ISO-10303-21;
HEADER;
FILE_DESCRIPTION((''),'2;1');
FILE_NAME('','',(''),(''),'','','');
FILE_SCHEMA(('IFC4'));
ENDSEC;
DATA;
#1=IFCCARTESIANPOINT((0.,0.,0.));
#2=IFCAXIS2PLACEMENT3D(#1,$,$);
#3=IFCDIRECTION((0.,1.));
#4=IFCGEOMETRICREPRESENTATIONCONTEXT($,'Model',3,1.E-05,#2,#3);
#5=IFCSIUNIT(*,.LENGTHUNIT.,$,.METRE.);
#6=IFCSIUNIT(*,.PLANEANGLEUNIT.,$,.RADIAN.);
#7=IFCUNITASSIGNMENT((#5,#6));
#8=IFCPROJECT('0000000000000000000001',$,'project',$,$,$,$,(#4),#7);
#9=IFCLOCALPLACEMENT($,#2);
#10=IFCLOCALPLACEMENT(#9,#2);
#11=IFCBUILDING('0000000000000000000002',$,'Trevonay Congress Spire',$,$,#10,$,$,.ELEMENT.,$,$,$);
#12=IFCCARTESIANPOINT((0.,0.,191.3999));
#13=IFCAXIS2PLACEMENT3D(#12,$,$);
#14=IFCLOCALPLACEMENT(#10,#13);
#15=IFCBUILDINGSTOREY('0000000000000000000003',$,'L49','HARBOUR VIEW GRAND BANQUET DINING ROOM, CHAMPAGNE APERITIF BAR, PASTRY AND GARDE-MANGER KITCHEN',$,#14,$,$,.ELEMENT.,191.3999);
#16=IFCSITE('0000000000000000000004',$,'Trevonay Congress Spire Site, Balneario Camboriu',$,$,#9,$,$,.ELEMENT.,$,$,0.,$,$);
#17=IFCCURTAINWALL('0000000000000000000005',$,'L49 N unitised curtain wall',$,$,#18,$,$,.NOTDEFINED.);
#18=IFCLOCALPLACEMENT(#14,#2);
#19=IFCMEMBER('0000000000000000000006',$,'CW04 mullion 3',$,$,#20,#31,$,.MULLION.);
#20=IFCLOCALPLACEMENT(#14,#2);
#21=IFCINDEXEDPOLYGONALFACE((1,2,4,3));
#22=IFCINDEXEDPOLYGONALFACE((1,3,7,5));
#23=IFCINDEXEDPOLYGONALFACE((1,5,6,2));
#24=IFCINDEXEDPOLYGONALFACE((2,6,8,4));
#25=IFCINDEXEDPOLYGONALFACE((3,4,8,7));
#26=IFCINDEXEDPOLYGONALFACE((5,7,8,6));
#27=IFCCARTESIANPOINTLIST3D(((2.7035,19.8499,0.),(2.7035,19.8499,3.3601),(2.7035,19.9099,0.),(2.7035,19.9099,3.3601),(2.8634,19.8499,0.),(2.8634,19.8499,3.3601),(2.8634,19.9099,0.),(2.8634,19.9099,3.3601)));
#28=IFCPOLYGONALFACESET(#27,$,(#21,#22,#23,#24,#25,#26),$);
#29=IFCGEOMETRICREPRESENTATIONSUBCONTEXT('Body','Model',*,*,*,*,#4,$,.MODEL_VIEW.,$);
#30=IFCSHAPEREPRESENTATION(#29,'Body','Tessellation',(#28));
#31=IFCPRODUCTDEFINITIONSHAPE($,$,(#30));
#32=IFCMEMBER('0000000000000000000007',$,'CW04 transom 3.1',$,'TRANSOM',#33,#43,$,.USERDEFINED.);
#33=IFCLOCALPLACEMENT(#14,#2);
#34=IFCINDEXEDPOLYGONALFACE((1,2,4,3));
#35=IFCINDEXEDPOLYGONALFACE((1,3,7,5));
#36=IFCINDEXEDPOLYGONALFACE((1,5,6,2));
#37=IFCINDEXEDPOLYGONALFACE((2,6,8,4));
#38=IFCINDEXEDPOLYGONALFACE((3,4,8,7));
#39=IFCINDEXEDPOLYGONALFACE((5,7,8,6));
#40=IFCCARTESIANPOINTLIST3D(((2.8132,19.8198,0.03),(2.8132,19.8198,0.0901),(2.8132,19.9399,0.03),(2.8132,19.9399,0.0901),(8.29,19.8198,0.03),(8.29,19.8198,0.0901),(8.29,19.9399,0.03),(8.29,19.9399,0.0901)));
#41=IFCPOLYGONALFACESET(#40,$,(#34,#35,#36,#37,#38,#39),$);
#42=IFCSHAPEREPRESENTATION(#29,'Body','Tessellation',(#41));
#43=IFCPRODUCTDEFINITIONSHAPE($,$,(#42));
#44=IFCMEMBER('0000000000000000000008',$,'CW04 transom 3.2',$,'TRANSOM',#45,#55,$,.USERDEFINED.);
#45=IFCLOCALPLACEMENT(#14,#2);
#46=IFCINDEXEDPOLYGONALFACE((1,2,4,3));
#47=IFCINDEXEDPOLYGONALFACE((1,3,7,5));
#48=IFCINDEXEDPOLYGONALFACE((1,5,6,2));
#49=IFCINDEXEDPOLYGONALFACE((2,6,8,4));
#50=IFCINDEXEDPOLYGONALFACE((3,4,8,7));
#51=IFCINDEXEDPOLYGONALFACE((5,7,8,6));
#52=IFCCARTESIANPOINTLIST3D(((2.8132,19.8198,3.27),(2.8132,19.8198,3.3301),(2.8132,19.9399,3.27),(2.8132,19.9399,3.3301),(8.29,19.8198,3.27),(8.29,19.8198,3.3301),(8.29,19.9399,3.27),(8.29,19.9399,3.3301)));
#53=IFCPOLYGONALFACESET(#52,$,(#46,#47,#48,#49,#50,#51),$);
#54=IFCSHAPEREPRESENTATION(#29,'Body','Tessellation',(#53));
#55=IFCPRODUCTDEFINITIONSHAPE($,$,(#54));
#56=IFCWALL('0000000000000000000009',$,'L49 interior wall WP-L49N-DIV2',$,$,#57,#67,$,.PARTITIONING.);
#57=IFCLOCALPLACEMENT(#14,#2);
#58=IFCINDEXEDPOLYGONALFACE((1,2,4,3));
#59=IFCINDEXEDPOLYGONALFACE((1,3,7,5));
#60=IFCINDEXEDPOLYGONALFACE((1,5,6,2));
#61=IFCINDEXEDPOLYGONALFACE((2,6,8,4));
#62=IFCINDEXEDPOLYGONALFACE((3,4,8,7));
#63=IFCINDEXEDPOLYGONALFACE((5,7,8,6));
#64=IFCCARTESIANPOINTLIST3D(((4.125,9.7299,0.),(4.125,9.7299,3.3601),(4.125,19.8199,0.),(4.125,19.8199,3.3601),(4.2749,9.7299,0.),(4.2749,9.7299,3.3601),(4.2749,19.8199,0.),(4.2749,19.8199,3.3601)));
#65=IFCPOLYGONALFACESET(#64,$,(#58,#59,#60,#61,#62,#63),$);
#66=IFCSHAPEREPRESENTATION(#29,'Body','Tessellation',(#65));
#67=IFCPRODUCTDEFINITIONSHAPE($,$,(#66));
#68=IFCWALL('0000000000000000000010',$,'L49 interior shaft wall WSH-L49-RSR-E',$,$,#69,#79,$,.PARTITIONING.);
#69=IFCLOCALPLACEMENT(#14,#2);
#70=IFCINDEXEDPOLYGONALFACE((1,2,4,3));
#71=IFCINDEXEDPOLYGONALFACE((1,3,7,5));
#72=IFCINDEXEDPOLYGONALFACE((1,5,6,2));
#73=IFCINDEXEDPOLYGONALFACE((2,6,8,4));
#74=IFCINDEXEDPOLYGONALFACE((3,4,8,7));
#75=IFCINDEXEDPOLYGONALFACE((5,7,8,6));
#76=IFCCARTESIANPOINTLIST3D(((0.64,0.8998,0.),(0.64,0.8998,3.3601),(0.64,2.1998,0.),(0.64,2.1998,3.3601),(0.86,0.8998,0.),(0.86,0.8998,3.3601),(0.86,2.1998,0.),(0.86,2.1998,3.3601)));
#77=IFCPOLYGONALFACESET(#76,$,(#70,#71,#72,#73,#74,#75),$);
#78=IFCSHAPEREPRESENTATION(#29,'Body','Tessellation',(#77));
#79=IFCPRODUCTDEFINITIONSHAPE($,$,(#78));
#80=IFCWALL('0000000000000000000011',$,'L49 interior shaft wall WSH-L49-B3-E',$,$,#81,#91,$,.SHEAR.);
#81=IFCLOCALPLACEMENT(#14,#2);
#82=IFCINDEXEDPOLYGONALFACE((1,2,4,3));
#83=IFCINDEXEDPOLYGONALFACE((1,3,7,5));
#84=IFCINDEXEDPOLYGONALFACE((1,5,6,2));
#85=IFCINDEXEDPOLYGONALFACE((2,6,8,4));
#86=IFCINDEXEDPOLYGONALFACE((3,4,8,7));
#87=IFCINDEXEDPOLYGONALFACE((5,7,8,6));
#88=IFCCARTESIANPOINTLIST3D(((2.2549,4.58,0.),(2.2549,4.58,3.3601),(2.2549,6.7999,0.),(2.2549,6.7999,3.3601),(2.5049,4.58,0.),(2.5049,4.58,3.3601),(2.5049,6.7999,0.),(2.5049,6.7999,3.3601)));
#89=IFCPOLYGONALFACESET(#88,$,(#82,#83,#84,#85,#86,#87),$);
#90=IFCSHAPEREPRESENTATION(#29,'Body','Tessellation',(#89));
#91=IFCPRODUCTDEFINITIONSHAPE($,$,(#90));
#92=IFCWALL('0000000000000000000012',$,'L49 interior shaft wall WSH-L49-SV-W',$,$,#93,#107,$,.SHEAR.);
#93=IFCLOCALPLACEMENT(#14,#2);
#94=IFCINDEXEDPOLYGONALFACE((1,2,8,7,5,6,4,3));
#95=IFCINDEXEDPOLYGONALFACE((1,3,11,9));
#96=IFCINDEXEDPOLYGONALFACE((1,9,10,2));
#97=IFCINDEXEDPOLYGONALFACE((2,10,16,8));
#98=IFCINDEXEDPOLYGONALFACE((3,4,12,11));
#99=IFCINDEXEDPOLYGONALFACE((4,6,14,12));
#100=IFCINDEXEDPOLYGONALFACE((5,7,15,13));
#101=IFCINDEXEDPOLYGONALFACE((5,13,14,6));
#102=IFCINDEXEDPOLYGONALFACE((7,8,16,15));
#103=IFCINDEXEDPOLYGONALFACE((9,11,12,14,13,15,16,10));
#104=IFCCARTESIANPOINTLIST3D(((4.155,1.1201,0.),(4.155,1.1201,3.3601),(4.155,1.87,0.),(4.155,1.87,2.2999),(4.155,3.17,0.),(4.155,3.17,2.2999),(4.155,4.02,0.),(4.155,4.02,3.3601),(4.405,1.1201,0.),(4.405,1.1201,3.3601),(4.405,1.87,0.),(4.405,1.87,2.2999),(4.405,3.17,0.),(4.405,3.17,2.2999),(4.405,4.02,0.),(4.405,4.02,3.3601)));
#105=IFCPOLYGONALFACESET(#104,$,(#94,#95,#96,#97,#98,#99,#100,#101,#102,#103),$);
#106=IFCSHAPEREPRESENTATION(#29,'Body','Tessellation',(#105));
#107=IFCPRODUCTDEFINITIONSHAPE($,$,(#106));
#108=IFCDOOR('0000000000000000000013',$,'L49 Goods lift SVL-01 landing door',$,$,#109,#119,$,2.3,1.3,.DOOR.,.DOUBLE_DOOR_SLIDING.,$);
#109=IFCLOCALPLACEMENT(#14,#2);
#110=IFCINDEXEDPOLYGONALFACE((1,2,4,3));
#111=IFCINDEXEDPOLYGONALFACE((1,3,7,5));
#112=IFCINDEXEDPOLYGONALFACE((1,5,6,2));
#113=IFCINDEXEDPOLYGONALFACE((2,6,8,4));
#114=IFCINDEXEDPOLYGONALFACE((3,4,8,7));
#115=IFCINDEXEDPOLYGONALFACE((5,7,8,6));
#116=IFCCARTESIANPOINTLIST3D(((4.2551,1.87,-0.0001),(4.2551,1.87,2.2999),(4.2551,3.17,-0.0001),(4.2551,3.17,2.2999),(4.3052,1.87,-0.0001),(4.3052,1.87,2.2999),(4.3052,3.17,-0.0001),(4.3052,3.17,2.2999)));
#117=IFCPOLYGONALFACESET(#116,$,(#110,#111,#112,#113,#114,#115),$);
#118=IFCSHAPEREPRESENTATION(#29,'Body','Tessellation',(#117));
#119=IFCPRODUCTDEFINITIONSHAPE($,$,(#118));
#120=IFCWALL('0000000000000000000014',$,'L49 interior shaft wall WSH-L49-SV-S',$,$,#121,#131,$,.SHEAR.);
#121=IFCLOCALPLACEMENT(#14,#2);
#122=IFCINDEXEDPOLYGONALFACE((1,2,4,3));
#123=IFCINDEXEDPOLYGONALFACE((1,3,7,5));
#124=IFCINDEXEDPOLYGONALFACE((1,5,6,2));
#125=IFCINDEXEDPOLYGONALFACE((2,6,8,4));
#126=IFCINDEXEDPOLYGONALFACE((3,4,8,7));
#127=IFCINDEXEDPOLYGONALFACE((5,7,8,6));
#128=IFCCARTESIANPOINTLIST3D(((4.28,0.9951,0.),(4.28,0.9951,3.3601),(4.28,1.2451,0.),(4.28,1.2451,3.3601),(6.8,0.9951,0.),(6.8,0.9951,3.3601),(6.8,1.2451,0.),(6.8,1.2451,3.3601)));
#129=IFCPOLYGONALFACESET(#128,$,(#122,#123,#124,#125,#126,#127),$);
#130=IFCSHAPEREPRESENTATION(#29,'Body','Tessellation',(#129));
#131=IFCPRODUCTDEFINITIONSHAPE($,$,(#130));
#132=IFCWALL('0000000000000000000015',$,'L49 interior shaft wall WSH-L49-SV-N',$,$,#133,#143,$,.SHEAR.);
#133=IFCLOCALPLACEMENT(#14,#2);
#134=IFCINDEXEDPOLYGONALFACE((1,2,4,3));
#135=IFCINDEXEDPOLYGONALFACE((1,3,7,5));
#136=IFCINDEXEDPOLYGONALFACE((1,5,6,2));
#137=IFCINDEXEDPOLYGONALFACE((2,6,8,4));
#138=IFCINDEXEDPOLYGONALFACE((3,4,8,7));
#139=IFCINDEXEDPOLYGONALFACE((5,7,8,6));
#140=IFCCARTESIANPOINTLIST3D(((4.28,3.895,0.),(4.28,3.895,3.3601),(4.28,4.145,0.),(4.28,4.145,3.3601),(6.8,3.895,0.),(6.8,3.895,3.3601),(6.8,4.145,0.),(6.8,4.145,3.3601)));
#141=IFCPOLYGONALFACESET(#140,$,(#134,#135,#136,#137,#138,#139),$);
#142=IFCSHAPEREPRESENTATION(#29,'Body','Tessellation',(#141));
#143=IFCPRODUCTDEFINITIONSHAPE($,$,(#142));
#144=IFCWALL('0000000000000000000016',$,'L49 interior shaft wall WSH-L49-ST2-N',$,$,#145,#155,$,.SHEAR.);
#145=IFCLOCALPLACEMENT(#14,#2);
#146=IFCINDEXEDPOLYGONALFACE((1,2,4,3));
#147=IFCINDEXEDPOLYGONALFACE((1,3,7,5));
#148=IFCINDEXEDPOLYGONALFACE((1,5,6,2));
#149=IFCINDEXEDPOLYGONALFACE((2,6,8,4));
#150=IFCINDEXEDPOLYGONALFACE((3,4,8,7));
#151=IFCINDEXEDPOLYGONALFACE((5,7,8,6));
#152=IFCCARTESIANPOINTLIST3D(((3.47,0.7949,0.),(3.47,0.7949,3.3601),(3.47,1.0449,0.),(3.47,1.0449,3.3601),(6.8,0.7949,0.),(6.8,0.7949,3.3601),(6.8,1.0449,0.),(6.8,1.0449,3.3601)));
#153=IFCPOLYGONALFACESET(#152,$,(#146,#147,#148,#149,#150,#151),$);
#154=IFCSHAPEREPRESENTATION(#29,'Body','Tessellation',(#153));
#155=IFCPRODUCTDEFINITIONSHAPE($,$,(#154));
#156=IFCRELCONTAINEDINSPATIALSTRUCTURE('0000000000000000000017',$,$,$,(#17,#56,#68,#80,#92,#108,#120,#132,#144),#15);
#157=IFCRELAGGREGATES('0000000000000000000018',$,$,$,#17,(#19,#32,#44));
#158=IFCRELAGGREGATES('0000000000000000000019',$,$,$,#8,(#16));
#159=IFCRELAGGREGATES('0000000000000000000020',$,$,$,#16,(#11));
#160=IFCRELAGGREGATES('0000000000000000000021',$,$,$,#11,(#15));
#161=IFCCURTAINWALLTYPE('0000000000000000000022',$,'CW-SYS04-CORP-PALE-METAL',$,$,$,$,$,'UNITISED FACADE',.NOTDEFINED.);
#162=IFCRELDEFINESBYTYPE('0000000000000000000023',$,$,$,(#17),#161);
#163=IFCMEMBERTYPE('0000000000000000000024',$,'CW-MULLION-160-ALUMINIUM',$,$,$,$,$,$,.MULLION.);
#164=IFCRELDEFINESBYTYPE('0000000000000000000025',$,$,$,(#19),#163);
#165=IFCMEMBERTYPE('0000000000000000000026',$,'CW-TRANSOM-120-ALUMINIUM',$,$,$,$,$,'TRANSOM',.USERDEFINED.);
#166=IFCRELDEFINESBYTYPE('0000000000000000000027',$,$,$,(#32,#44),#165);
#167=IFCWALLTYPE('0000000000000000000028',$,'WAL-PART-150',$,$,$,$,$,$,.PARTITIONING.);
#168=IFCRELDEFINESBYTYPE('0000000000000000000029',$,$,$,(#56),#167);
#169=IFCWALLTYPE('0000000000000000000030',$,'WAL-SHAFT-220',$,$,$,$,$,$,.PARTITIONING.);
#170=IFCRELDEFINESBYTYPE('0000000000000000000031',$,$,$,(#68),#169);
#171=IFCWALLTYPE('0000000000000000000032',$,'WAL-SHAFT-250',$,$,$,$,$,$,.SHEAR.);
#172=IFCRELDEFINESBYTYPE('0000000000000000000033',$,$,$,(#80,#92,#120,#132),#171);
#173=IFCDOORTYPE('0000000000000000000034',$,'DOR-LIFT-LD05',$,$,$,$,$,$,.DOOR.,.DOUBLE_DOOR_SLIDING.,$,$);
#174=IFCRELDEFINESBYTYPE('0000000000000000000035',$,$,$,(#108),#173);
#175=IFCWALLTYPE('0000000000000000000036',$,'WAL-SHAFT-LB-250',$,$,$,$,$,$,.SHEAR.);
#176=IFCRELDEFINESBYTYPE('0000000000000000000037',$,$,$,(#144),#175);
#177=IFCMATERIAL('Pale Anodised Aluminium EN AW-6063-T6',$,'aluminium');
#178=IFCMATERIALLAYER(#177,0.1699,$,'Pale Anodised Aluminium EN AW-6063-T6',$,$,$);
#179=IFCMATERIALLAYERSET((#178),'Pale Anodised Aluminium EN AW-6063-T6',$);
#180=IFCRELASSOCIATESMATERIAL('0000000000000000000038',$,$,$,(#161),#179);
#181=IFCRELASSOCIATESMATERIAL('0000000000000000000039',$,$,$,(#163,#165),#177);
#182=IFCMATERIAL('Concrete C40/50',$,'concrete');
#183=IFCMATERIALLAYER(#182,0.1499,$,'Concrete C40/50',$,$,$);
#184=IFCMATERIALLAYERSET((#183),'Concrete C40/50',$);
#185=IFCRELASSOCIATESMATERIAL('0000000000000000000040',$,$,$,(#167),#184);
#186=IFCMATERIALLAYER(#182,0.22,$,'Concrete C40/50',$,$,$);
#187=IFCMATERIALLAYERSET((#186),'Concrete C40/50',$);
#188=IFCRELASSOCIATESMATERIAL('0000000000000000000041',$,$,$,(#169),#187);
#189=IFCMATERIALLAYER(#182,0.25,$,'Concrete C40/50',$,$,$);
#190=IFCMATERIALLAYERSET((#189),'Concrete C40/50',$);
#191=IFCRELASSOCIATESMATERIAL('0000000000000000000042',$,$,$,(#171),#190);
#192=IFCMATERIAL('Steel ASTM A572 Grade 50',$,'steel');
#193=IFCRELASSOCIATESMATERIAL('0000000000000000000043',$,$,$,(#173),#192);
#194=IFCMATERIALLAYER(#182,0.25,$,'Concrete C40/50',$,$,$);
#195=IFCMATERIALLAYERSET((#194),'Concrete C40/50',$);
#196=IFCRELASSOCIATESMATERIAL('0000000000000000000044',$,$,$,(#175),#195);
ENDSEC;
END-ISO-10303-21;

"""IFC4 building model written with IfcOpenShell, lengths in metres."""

from ifc_helpers import new_model, si_unit, direction, frame, frame_2d, origin, origin_2d, place, context, subcontext, project, spatial, rectangle, extrude, material, layer, layer_set, material_profile, profile_set, type_object, element, fill, aggregate, save


model = new_model("IFC4")

# Units and contexts
model_context = context("Model", 3, precision=1e-05, world=origin(), true_north=direction((0.0, 1.0)))
body_context = subcontext(model_context, "Body", "Model", "MODEL_VIEW")
ifc_project = project(units=[si_unit("LENGTHUNIT", "METRE"), si_unit("PLANEANGLEUNIT", "RADIAN")], contexts=[model_context])

# Site, building, storey
site_placement = place(None, origin())
site = spatial("IfcSite", under=ifc_project, at=site_placement, Name="Trevonay Congress Spire Site, Balneario Camboriu", CompositionType="ELEMENT", RefElevation=0.0)
building_placement = place(site_placement, origin())
building = spatial("IfcBuilding", under=site, at=building_placement, Name="Trevonay Congress Spire", CompositionType="ELEMENT")
storey_placement = place(building_placement, frame((0.0, 0.0, 191.3999)))
storey = spatial("IfcBuildingStorey", under=building, at=storey_placement, Name="L49", Description="HARBOUR VIEW GRAND BANQUET DINING ROOM, CHAMPAGNE APERITIF BAR, PASTRY AND GARDE-MANGER KITCHEN", CompositionType="ELEMENT", Elevation=191.3999)

# Shared definitions
ifc_material_1 = material(Name="Steel ASTM A572 Grade 50", Category="steel")

# Curtain wall, members
ifc_material_2 = material(Name="Pale Anodised Aluminium EN AW-6063-T6", Category="aluminium")
ifc_layer_1 = layer(ifc_material_2, 0.1699, Name="Pale Anodised Aluminium EN AW-6063-T6")
ifc_layer_set_1 = layer_set([ifc_layer_1], Name="Pale Anodised Aluminium EN AW-6063-T6")
curtain_wall_type = type_object("IfcCurtainWallType", Name="CW-SYS04-CORP-PALE-METAL", ElementType="UNITISED FACADE", PredefinedType="NOTDEFINED", material=ifc_layer_set_1)
curtain_wall_placement = place(storey_placement, origin())
curtain_wall = element("IfcCurtainWall", 1, at=curtain_wall_placement, inside=storey, type_object=curtain_wall_type, Name="L49 N unitised curtain wall", PredefinedType="NOTDEFINED")
ifc_material_profile_1 = material_profile(ifc_material_2, rectangle(XDim=0.0601, YDim=0.1599, at=origin_2d()), Name="CW-MULLION-160-ALUMINIUM")
ifc_profile_set_1 = profile_set([ifc_material_profile_1], Name="Pale Anodised Aluminium EN AW-6063-T6")
member_type_1 = type_object("IfcMemberType", Name="CW-MULLION-160-ALUMINIUM", PredefinedType="MULLION", material=ifc_profile_set_1)
member_1_placement = place(storey_placement, frame((2.7834, 19.8799, 0.0), z_axis=(0.0, 0.0, 1.0), x_axis=(0.0, 1.0, 0.0)))
member_1 = element("IfcMember", 2, at=member_1_placement, type_object=member_type_1, Name="CW04 mullion 3", PredefinedType="MULLION", context=body_context, shape_type="SweptSolid", body=[
    extrude(rectangle(XDim=0.0601, YDim=0.1599, at=origin_2d()), origin(), (0.0, 0.0, 1.0), 3.3601),
])
ifc_material_profile_2 = material_profile(ifc_material_2, rectangle(XDim=0.1201, YDim=0.0601, at=origin_2d()), Name="CW-TRANSOM-120-ALUMINIUM")
ifc_profile_set_2 = profile_set([ifc_material_profile_2], Name="Pale Anodised Aluminium EN AW-6063-T6")
member_type_2 = type_object("IfcMemberType", Name="CW-TRANSOM-120-ALUMINIUM", ElementType="TRANSOM", PredefinedType="USERDEFINED", material=ifc_profile_set_2)
member_2_placement = place(storey_placement, frame((2.8132, 19.8799, 0.0601), z_axis=(1.0, 0.0, 0.0), x_axis=(0.0, 1.0, 0.0)))
member_2 = element("IfcMember", 3, at=member_2_placement, type_object=member_type_2, Name="CW04 transom 3.1", ObjectType="TRANSOM", PredefinedType="USERDEFINED", context=body_context, shape_type="SweptSolid", body=[
    extrude(rectangle(XDim=0.1201, YDim=0.0601, at=origin_2d()), origin(), (0.0, 0.0, 1.0), 5.4768),
])
member_3_placement = place(storey_placement, frame((2.8132, 19.8799, 3.3), z_axis=(1.0, 0.0, 0.0), x_axis=(0.0, 1.0, 0.0)))
member_3 = element("IfcMember", 4, at=member_3_placement, type_object=member_type_2, Name="CW04 transom 3.2", ObjectType="TRANSOM", PredefinedType="USERDEFINED", context=body_context, shape_type="SweptSolid", body=[
    extrude(rectangle(XDim=0.1201, YDim=0.0601, at=origin_2d()), origin(), (0.0, 0.0, 1.0), 5.4768),
])
aggregate(curtain_wall, [member_1, member_2, member_3])

# Walls
ifc_material_3 = material(Name="Concrete C40/50", Category="concrete")
ifc_layer_2 = layer(ifc_material_3, 0.1499, Name="Concrete C40/50")
ifc_layer_set_2 = layer_set([ifc_layer_2], Name="Concrete C40/50")
wall_type_1 = type_object("IfcWallType", Name="WAL-PART-150", PredefinedType="PARTITIONING", material=ifc_layer_set_2)
wall_1_placement = place(storey_placement, frame((4.2, 9.73, 0.0), z_axis=(0.0, 0.0, 1.0), x_axis=(0.0, 1.0, 0.0)))
element("IfcWall", 5, at=wall_1_placement, inside=storey, type_object=wall_type_1, Name="L49 interior wall WP-L49N-DIV2", PredefinedType="PARTITIONING", context=body_context, shape_type="SweptSolid", body=[
    extrude(rectangle(XDim=10.0901, YDim=0.1499, at=frame_2d((5.0449, 0.0))), origin(), (0.0, 0.0, 1.0), 3.3601),
])
ifc_layer_3 = layer(ifc_material_3, 0.22, Name="Concrete C40/50")
ifc_layer_set_3 = layer_set([ifc_layer_3], Name="Concrete C40/50")
wall_type_2 = type_object("IfcWallType", Name="WAL-SHAFT-220", PredefinedType="PARTITIONING", material=ifc_layer_set_3)
wall_2_placement = place(storey_placement, frame((0.75, 0.8999, 0.0), z_axis=(0.0, 0.0, 1.0), x_axis=(0.0, 1.0, 0.0)))
element("IfcWall", 6, at=wall_2_placement, inside=storey, type_object=wall_type_2, Name="L49 interior shaft wall WSH-L49-RSR-E", PredefinedType="PARTITIONING", context=body_context, shape_type="SweptSolid", body=[
    extrude(rectangle(XDim=1.3, YDim=0.22, at=frame_2d((0.6499, 0.0))), origin(), (0.0, 0.0, 1.0), 3.3601),
])
ifc_layer_4 = layer(ifc_material_3, 0.25, Name="Concrete C40/50")
ifc_layer_set_4 = layer_set([ifc_layer_4], Name="Concrete C40/50")
wall_type_3 = type_object("IfcWallType", Name="WAL-SHAFT-250", PredefinedType="SHEAR", material=ifc_layer_set_4)
wall_3_placement = place(storey_placement, frame((2.3799, 4.5801, 0.0), z_axis=(0.0, 0.0, 1.0), x_axis=(0.0, 1.0, 0.0)))
element("IfcWall", 7, at=wall_3_placement, inside=storey, type_object=wall_type_3, Name="L49 interior shaft wall WSH-L49-B3-E", PredefinedType="SHEAR", context=body_context, shape_type="SweptSolid", body=[
    extrude(rectangle(XDim=2.22, YDim=0.25, at=frame_2d((1.1099, 0.0))), origin(), (0.0, 0.0, 1.0), 3.3601),
])

# Wall, opening, door
wall_4_placement = place(storey_placement, frame((4.28, 1.1201, 0.0), z_axis=(0.0, 0.0, 1.0), x_axis=(0.0, 1.0, 0.0)))
wall_4 = element("IfcWall", 8, at=wall_4_placement, inside=storey, type_object=wall_type_3, Name="L49 interior shaft wall WSH-L49-SV-W", PredefinedType="SHEAR", context=body_context, shape_type="SweptSolid", body=[
    extrude(rectangle(XDim=2.8999, YDim=0.25, at=frame_2d((1.45, 0.0))), origin(), (0.0, 0.0, 1.0), 3.3601),
])
opening_placement = place(wall_4_placement, frame((0.75, 0.0, 0.0)))
opening = element("IfcOpeningElement", 9, at=opening_placement, cuts=wall_4, PredefinedType="OPENING", context=body_context, shape_type="SweptSolid", body=[
    extrude(rectangle(XDim=1.3, YDim=2.3, at=frame_2d((0.6499, 1.1499))), frame((0.0, 0.135, 0.0), z_axis=(0.0, -1.0, 0.0), x_axis=(1.0, 0.0, 0.0)), (0.0, 0.0, 1.0), 0.27),
])
door_type = type_object("IfcDoorType", Name="DOR-LIFT-LD05", OperationType="DOUBLE_DOOR_SLIDING", PredefinedType="DOOR", material=ifc_material_1)
door_placement = place(opening_placement, origin())
door = element("IfcDoor", 10, at=door_placement, inside=storey, type_object=door_type, Name="L49 Goods lift SVL-01 landing door", OperationType="DOUBLE_DOOR_SLIDING", OverallHeight=2.3, OverallWidth=1.3, PredefinedType="DOOR", context=body_context, shape_type="SweptSolid", body=[
    extrude(rectangle(XDim=1.3, YDim=2.3, at=frame_2d((0.6499, 1.1499))), frame((0.0, 0.0249, 0.0), z_axis=(0.0, -1.0, 0.0), x_axis=(1.0, 0.0, 0.0)), (0.0, 0.0, 1.0), 0.05),
])
fill(opening, door)

# Walls
for number, where, z_axis, x_axis, name in (
    (11, (4.28, 1.1201, 0.0), (0.0, 0.0, 1.0), (1.0, 0.0, 0.0), "L49 interior shaft wall WSH-L49-SV-S"),
    (12, (4.28, 4.02, 0.0), (0.0, 0.0, 1.0), (1.0, 0.0, 0.0), "L49 interior shaft wall WSH-L49-SV-N"),
):
    element("IfcWall", number, at=place(storey_placement, frame(where, z_axis=z_axis, x_axis=x_axis)), inside=storey, type_object=wall_type_3, Name=name, PredefinedType="SHEAR", context=body_context, shape_type="SweptSolid", body=[
        extrude(rectangle(XDim=2.52, YDim=0.25, at=frame_2d((1.26, 0.0))), origin(), (0.0, 0.0, 1.0), 3.3601),
    ])
ifc_layer_5 = layer(ifc_material_3, 0.25, Name="Concrete C40/50")
ifc_layer_set_5 = layer_set([ifc_layer_5], Name="Concrete C40/50")
wall_type_4 = type_object("IfcWallType", Name="WAL-SHAFT-LB-250", PredefinedType="SHEAR", material=ifc_layer_set_5)
wall_5_placement = place(storey_placement, frame((3.47, 0.9199, 0.0), z_axis=(0.0, 0.0, 1.0), x_axis=(1.0, 0.0, 0.0)))
element("IfcWall", 13, at=wall_5_placement, inside=storey, type_object=wall_type_4, Name="L49 interior shaft wall WSH-L49-ST2-N", PredefinedType="SHEAR", context=body_context, shape_type="SweptSolid", body=[
    extrude(rectangle(XDim=3.3301, YDim=0.25, at=frame_2d((1.665, 0.0))), origin(), (0.0, 0.0, 1.0), 3.3601),
])

save(model, "model.ifc")
